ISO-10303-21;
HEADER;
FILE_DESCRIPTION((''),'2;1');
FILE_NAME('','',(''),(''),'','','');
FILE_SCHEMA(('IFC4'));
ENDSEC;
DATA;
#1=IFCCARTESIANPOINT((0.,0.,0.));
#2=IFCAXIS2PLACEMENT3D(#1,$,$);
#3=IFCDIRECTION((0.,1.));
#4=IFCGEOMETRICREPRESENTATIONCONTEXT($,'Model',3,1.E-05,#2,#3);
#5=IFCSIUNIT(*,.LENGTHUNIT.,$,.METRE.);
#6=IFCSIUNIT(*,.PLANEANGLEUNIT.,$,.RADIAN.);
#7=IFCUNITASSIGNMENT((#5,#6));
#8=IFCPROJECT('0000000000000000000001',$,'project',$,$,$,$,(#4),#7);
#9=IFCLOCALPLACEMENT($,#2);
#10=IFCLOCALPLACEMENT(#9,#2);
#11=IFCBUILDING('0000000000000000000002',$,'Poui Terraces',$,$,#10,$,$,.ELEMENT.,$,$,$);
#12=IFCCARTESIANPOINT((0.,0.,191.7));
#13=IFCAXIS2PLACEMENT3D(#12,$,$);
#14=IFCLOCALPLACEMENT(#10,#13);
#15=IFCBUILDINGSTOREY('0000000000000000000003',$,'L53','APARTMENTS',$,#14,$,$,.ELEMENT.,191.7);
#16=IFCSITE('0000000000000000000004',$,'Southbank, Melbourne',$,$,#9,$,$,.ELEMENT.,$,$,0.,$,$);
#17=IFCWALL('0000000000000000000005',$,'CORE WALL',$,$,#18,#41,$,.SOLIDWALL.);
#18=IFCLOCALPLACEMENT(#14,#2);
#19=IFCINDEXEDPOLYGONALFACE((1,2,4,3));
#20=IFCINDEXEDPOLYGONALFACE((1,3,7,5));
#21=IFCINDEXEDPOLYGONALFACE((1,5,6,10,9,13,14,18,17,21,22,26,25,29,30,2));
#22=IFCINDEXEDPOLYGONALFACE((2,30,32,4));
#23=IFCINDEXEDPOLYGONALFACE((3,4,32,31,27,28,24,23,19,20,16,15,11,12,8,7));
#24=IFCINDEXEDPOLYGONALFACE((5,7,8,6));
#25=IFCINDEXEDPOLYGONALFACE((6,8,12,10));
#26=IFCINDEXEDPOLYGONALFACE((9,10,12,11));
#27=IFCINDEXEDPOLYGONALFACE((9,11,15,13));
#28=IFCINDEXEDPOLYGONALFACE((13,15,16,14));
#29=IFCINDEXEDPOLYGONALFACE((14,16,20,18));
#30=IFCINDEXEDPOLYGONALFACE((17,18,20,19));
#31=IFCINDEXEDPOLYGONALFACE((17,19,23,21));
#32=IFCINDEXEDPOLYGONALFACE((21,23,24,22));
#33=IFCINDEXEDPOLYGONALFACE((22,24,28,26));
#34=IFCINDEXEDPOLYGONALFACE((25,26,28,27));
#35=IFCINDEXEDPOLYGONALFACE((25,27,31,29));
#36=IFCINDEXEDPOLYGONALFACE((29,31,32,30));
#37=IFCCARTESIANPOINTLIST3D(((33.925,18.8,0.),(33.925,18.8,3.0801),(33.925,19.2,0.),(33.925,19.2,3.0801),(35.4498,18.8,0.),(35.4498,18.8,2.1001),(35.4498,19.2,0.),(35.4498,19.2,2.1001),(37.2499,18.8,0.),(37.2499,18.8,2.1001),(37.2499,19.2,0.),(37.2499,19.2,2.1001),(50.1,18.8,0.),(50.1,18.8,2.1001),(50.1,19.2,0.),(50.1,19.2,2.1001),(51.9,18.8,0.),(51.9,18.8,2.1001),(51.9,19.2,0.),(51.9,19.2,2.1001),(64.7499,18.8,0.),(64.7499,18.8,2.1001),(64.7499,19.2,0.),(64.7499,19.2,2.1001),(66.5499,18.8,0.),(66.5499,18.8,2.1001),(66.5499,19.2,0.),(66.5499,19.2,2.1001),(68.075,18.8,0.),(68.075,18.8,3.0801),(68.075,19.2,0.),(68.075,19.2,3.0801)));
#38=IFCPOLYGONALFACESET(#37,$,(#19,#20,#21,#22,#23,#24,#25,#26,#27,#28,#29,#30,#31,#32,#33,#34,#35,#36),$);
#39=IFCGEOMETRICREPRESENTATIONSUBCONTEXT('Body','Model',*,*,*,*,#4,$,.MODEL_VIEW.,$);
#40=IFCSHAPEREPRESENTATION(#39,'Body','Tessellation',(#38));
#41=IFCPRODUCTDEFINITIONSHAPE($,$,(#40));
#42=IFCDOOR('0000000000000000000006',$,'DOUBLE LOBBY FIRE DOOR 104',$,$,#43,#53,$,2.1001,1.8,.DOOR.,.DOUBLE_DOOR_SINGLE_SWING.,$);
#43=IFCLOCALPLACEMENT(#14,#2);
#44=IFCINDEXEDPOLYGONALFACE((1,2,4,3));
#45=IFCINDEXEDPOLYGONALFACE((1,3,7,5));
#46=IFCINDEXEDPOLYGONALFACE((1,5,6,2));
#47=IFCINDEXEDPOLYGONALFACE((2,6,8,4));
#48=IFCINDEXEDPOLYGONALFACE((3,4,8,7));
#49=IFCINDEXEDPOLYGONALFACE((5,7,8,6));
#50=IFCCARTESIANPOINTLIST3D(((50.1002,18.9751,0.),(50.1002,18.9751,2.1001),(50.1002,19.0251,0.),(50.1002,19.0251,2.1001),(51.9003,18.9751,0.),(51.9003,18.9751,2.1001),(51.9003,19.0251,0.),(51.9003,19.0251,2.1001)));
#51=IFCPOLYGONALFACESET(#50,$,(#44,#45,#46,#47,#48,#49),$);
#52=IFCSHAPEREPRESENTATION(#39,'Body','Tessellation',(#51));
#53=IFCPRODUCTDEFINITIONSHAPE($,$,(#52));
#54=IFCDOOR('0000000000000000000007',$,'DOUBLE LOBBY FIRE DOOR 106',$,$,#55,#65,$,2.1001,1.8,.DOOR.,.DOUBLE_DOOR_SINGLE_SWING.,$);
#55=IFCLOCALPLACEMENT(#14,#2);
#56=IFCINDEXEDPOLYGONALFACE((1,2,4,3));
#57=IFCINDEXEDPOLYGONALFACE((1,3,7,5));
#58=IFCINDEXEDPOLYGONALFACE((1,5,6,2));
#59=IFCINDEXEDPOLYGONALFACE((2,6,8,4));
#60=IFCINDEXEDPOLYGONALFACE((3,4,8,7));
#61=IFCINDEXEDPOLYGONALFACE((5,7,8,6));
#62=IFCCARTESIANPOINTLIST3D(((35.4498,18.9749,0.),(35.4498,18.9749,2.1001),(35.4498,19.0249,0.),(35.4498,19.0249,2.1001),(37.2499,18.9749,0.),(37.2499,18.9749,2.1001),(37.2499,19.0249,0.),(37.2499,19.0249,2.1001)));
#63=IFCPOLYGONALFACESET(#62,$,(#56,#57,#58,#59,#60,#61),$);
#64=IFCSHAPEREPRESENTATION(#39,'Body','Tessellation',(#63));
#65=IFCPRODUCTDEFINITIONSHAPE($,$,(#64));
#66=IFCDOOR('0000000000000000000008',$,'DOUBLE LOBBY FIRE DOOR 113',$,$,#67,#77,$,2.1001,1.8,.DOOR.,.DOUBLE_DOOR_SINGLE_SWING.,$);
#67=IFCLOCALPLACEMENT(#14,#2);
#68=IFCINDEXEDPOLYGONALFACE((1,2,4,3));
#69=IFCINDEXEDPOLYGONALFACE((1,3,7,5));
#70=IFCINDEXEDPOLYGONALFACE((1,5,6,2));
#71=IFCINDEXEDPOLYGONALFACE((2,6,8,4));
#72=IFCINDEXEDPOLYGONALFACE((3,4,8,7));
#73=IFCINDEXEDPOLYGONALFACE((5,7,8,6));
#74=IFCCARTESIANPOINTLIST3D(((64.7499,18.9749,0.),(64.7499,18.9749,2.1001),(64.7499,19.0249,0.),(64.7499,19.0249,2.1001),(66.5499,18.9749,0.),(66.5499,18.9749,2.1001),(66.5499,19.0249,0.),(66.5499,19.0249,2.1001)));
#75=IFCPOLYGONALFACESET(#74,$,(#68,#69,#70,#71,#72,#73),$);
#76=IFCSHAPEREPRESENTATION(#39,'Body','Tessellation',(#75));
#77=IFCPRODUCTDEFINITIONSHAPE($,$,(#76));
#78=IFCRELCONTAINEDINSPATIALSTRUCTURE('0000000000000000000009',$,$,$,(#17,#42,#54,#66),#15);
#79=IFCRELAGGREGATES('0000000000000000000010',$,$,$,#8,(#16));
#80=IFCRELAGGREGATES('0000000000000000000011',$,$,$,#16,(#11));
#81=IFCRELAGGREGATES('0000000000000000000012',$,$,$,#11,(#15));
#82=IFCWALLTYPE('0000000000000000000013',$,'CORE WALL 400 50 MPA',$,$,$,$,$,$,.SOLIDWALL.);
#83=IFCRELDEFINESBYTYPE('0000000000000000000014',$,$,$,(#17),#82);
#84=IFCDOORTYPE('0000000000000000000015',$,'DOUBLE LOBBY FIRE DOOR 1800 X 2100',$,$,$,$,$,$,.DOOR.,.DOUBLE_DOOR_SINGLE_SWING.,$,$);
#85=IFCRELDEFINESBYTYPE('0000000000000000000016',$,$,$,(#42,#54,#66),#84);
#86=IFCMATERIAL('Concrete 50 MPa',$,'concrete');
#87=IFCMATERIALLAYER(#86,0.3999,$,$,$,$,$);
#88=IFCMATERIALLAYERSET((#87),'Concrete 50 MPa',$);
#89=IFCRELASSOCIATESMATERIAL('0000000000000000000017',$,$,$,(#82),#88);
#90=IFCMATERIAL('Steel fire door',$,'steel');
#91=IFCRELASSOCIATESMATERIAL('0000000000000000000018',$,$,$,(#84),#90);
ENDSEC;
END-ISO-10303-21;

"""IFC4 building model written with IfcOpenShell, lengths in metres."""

from ifc_helpers import new_model, si_unit, direction, frame, frame_2d, origin, place, context, subcontext, project, spatial, rectangle, extrude, material, layer, layer_set, type_object, element, fill, save


model = new_model("IFC4")

# Units and contexts
model_context = context("Model", 3, precision=1e-05, world=origin(), true_north=direction((0.0, 1.0)))
body_context = subcontext(model_context, "Body", "Model", "MODEL_VIEW")
ifc_project = project(units=[si_unit("LENGTHUNIT", "METRE"), si_unit("PLANEANGLEUNIT", "RADIAN")], contexts=[model_context])

# Site, building, storey
site_placement = place(None, origin())
site = spatial("IfcSite", under=ifc_project, at=site_placement, Name="Southbank, Melbourne", CompositionType="ELEMENT", RefElevation=0.0)
building_placement = place(site_placement, origin())
building = spatial("IfcBuilding", under=site, at=building_placement, Name="Poui Terraces", CompositionType="ELEMENT")
storey_placement = place(building_placement, frame((0.0, 0.0, 191.7)))
storey = spatial("IfcBuildingStorey", under=building, at=storey_placement, Name="L53", Description="APARTMENTS", CompositionType="ELEMENT", Elevation=191.7)

# Wall, openings, doors
ifc_material_1 = material(Name="Concrete 50 MPa", Category="concrete")
ifc_layer_1 = layer(ifc_material_1, 0.3999)
ifc_layer_set_1 = layer_set([ifc_layer_1], Name="Concrete 50 MPa")
wall_type_1 = type_object("IfcWallType", Name="CORE WALL 400 50 MPA", PredefinedType="SOLIDWALL", material=ifc_layer_set_1)
wall_1_placement = place(storey_placement, frame((33.925, 19.0, 0.0), z_axis=(0.0, 0.0, 1.0), x_axis=(1.0, 0.0, 0.0)))
wall_1 = element("IfcWall", 1, at=wall_1_placement, inside=storey, type_object=wall_type_1, Name="CORE WALL", PredefinedType="SOLIDWALL", context=body_context, shape_type="SweptSolid", body=[
    extrude(rectangle(XDim=34.1499, YDim=0.3999, at=frame_2d((17.075, 0.0))), origin(), (0.0, 0.0, 1.0), 3.0801),
])
opening_1_placement = place(wall_1_placement, frame((16.175, 0.0, 0.0)))
opening_1 = element("IfcOpeningElement", 2, at=opening_1_placement, cuts=wall_1, PredefinedType="OPENING", context=body_context, shape_type="SweptSolid", body=[
    extrude(rectangle(XDim=1.8, YDim=2.1001, at=frame_2d((0.8999, 1.05))), frame((0.0, 0.21, 0.0), z_axis=(0.0, -1.0, 0.0), x_axis=(1.0, 0.0, 0.0)), (0.0, 0.0, 1.0), 0.4199),
])
opening_2_placement = place(wall_1_placement, frame((1.5249, 0.0, 0.0)))
opening_2 = element("IfcOpeningElement", 3, at=opening_2_placement, cuts=wall_1, PredefinedType="OPENING", context=body_context, shape_type="SweptSolid", body=[
    extrude(rectangle(XDim=1.8, YDim=2.1001, at=frame_2d((0.8999, 1.05))), frame((0.0, 0.21, 0.0), z_axis=(0.0, -1.0, 0.0), x_axis=(1.0, 0.0, 0.0)), (0.0, 0.0, 1.0), 0.4199),
])
opening_3_placement = place(wall_1_placement, frame((30.825, 0.0, 0.0)))
opening_3 = element("IfcOpeningElement", 4, at=opening_3_placement, cuts=wall_1, PredefinedType="OPENING", context=body_context, shape_type="SweptSolid", body=[
    extrude(rectangle(XDim=1.8, YDim=2.1001, at=frame_2d((0.8999, 1.05))), frame((0.0, 0.21, 0.0), z_axis=(0.0, -1.0, 0.0), x_axis=(1.0, 0.0, 0.0)), (0.0, 0.0, 1.0), 0.4199),
])
ifc_material_2 = material(Name="Steel fire door", Category="steel")
door_type_1 = type_object("IfcDoorType", Name="DOUBLE LOBBY FIRE DOOR 1800 X 2100", OperationType="DOUBLE_DOOR_SINGLE_SWING", PredefinedType="DOOR", material=ifc_material_2)
door_1_placement = place(opening_1_placement, frame((1.8, 0.0, 0.0), z_axis=(0.0, 0.0, 1.0), x_axis=(-1.0, 0.0, 0.0)))
door_1 = element("IfcDoor", 5, at=door_1_placement, inside=storey, type_object=door_type_1, Name="DOUBLE LOBBY FIRE DOOR 104", OperationType="DOUBLE_DOOR_SINGLE_SWING", OverallHeight=2.1001, OverallWidth=1.8, PredefinedType="DOOR", context=body_context, shape_type="SweptSolid", body=[
    extrude(rectangle(XDim=1.8, YDim=2.1001, at=frame_2d((0.8999, 1.05))), frame((0.0, 0.0249, 0.0), z_axis=(0.0, -1.0, 0.0), x_axis=(1.0, 0.0, 0.0)), (0.0, 0.0, 1.0), 0.05),
])
fill(opening_1, door_1)
door_2_placement = place(opening_2_placement, origin())
door_2 = element("IfcDoor", 6, at=door_2_placement, inside=storey, type_object=door_type_1, Name="DOUBLE LOBBY FIRE DOOR 106", OperationType="DOUBLE_DOOR_SINGLE_SWING", OverallHeight=2.1001, OverallWidth=1.8, PredefinedType="DOOR", context=body_context, shape_type="SweptSolid", body=[
    extrude(rectangle(XDim=1.8, YDim=2.1001, at=frame_2d((0.8999, 1.05))), frame((0.0, 0.0249, 0.0), z_axis=(0.0, -1.0, 0.0), x_axis=(1.0, 0.0, 0.0)), (0.0, 0.0, 1.0), 0.05),
])
fill(opening_2, door_2)
door_3_placement = place(opening_3_placement, origin())
door_3 = element("IfcDoor", 7, at=door_3_placement, inside=storey, type_object=door_type_1, Name="DOUBLE LOBBY FIRE DOOR 113", OperationType="DOUBLE_DOOR_SINGLE_SWING", OverallHeight=2.1001, OverallWidth=1.8, PredefinedType="DOOR", context=body_context, shape_type="SweptSolid", body=[
    extrude(rectangle(XDim=1.8, YDim=2.1001, at=frame_2d((0.8999, 1.05))), frame((0.0, 0.0249, 0.0), z_axis=(0.0, -1.0, 0.0), x_axis=(1.0, 0.0, 0.0)), (0.0, 0.0, 1.0), 0.05),
])
fill(opening_3, door_3)

save(model, "model.ifc")
